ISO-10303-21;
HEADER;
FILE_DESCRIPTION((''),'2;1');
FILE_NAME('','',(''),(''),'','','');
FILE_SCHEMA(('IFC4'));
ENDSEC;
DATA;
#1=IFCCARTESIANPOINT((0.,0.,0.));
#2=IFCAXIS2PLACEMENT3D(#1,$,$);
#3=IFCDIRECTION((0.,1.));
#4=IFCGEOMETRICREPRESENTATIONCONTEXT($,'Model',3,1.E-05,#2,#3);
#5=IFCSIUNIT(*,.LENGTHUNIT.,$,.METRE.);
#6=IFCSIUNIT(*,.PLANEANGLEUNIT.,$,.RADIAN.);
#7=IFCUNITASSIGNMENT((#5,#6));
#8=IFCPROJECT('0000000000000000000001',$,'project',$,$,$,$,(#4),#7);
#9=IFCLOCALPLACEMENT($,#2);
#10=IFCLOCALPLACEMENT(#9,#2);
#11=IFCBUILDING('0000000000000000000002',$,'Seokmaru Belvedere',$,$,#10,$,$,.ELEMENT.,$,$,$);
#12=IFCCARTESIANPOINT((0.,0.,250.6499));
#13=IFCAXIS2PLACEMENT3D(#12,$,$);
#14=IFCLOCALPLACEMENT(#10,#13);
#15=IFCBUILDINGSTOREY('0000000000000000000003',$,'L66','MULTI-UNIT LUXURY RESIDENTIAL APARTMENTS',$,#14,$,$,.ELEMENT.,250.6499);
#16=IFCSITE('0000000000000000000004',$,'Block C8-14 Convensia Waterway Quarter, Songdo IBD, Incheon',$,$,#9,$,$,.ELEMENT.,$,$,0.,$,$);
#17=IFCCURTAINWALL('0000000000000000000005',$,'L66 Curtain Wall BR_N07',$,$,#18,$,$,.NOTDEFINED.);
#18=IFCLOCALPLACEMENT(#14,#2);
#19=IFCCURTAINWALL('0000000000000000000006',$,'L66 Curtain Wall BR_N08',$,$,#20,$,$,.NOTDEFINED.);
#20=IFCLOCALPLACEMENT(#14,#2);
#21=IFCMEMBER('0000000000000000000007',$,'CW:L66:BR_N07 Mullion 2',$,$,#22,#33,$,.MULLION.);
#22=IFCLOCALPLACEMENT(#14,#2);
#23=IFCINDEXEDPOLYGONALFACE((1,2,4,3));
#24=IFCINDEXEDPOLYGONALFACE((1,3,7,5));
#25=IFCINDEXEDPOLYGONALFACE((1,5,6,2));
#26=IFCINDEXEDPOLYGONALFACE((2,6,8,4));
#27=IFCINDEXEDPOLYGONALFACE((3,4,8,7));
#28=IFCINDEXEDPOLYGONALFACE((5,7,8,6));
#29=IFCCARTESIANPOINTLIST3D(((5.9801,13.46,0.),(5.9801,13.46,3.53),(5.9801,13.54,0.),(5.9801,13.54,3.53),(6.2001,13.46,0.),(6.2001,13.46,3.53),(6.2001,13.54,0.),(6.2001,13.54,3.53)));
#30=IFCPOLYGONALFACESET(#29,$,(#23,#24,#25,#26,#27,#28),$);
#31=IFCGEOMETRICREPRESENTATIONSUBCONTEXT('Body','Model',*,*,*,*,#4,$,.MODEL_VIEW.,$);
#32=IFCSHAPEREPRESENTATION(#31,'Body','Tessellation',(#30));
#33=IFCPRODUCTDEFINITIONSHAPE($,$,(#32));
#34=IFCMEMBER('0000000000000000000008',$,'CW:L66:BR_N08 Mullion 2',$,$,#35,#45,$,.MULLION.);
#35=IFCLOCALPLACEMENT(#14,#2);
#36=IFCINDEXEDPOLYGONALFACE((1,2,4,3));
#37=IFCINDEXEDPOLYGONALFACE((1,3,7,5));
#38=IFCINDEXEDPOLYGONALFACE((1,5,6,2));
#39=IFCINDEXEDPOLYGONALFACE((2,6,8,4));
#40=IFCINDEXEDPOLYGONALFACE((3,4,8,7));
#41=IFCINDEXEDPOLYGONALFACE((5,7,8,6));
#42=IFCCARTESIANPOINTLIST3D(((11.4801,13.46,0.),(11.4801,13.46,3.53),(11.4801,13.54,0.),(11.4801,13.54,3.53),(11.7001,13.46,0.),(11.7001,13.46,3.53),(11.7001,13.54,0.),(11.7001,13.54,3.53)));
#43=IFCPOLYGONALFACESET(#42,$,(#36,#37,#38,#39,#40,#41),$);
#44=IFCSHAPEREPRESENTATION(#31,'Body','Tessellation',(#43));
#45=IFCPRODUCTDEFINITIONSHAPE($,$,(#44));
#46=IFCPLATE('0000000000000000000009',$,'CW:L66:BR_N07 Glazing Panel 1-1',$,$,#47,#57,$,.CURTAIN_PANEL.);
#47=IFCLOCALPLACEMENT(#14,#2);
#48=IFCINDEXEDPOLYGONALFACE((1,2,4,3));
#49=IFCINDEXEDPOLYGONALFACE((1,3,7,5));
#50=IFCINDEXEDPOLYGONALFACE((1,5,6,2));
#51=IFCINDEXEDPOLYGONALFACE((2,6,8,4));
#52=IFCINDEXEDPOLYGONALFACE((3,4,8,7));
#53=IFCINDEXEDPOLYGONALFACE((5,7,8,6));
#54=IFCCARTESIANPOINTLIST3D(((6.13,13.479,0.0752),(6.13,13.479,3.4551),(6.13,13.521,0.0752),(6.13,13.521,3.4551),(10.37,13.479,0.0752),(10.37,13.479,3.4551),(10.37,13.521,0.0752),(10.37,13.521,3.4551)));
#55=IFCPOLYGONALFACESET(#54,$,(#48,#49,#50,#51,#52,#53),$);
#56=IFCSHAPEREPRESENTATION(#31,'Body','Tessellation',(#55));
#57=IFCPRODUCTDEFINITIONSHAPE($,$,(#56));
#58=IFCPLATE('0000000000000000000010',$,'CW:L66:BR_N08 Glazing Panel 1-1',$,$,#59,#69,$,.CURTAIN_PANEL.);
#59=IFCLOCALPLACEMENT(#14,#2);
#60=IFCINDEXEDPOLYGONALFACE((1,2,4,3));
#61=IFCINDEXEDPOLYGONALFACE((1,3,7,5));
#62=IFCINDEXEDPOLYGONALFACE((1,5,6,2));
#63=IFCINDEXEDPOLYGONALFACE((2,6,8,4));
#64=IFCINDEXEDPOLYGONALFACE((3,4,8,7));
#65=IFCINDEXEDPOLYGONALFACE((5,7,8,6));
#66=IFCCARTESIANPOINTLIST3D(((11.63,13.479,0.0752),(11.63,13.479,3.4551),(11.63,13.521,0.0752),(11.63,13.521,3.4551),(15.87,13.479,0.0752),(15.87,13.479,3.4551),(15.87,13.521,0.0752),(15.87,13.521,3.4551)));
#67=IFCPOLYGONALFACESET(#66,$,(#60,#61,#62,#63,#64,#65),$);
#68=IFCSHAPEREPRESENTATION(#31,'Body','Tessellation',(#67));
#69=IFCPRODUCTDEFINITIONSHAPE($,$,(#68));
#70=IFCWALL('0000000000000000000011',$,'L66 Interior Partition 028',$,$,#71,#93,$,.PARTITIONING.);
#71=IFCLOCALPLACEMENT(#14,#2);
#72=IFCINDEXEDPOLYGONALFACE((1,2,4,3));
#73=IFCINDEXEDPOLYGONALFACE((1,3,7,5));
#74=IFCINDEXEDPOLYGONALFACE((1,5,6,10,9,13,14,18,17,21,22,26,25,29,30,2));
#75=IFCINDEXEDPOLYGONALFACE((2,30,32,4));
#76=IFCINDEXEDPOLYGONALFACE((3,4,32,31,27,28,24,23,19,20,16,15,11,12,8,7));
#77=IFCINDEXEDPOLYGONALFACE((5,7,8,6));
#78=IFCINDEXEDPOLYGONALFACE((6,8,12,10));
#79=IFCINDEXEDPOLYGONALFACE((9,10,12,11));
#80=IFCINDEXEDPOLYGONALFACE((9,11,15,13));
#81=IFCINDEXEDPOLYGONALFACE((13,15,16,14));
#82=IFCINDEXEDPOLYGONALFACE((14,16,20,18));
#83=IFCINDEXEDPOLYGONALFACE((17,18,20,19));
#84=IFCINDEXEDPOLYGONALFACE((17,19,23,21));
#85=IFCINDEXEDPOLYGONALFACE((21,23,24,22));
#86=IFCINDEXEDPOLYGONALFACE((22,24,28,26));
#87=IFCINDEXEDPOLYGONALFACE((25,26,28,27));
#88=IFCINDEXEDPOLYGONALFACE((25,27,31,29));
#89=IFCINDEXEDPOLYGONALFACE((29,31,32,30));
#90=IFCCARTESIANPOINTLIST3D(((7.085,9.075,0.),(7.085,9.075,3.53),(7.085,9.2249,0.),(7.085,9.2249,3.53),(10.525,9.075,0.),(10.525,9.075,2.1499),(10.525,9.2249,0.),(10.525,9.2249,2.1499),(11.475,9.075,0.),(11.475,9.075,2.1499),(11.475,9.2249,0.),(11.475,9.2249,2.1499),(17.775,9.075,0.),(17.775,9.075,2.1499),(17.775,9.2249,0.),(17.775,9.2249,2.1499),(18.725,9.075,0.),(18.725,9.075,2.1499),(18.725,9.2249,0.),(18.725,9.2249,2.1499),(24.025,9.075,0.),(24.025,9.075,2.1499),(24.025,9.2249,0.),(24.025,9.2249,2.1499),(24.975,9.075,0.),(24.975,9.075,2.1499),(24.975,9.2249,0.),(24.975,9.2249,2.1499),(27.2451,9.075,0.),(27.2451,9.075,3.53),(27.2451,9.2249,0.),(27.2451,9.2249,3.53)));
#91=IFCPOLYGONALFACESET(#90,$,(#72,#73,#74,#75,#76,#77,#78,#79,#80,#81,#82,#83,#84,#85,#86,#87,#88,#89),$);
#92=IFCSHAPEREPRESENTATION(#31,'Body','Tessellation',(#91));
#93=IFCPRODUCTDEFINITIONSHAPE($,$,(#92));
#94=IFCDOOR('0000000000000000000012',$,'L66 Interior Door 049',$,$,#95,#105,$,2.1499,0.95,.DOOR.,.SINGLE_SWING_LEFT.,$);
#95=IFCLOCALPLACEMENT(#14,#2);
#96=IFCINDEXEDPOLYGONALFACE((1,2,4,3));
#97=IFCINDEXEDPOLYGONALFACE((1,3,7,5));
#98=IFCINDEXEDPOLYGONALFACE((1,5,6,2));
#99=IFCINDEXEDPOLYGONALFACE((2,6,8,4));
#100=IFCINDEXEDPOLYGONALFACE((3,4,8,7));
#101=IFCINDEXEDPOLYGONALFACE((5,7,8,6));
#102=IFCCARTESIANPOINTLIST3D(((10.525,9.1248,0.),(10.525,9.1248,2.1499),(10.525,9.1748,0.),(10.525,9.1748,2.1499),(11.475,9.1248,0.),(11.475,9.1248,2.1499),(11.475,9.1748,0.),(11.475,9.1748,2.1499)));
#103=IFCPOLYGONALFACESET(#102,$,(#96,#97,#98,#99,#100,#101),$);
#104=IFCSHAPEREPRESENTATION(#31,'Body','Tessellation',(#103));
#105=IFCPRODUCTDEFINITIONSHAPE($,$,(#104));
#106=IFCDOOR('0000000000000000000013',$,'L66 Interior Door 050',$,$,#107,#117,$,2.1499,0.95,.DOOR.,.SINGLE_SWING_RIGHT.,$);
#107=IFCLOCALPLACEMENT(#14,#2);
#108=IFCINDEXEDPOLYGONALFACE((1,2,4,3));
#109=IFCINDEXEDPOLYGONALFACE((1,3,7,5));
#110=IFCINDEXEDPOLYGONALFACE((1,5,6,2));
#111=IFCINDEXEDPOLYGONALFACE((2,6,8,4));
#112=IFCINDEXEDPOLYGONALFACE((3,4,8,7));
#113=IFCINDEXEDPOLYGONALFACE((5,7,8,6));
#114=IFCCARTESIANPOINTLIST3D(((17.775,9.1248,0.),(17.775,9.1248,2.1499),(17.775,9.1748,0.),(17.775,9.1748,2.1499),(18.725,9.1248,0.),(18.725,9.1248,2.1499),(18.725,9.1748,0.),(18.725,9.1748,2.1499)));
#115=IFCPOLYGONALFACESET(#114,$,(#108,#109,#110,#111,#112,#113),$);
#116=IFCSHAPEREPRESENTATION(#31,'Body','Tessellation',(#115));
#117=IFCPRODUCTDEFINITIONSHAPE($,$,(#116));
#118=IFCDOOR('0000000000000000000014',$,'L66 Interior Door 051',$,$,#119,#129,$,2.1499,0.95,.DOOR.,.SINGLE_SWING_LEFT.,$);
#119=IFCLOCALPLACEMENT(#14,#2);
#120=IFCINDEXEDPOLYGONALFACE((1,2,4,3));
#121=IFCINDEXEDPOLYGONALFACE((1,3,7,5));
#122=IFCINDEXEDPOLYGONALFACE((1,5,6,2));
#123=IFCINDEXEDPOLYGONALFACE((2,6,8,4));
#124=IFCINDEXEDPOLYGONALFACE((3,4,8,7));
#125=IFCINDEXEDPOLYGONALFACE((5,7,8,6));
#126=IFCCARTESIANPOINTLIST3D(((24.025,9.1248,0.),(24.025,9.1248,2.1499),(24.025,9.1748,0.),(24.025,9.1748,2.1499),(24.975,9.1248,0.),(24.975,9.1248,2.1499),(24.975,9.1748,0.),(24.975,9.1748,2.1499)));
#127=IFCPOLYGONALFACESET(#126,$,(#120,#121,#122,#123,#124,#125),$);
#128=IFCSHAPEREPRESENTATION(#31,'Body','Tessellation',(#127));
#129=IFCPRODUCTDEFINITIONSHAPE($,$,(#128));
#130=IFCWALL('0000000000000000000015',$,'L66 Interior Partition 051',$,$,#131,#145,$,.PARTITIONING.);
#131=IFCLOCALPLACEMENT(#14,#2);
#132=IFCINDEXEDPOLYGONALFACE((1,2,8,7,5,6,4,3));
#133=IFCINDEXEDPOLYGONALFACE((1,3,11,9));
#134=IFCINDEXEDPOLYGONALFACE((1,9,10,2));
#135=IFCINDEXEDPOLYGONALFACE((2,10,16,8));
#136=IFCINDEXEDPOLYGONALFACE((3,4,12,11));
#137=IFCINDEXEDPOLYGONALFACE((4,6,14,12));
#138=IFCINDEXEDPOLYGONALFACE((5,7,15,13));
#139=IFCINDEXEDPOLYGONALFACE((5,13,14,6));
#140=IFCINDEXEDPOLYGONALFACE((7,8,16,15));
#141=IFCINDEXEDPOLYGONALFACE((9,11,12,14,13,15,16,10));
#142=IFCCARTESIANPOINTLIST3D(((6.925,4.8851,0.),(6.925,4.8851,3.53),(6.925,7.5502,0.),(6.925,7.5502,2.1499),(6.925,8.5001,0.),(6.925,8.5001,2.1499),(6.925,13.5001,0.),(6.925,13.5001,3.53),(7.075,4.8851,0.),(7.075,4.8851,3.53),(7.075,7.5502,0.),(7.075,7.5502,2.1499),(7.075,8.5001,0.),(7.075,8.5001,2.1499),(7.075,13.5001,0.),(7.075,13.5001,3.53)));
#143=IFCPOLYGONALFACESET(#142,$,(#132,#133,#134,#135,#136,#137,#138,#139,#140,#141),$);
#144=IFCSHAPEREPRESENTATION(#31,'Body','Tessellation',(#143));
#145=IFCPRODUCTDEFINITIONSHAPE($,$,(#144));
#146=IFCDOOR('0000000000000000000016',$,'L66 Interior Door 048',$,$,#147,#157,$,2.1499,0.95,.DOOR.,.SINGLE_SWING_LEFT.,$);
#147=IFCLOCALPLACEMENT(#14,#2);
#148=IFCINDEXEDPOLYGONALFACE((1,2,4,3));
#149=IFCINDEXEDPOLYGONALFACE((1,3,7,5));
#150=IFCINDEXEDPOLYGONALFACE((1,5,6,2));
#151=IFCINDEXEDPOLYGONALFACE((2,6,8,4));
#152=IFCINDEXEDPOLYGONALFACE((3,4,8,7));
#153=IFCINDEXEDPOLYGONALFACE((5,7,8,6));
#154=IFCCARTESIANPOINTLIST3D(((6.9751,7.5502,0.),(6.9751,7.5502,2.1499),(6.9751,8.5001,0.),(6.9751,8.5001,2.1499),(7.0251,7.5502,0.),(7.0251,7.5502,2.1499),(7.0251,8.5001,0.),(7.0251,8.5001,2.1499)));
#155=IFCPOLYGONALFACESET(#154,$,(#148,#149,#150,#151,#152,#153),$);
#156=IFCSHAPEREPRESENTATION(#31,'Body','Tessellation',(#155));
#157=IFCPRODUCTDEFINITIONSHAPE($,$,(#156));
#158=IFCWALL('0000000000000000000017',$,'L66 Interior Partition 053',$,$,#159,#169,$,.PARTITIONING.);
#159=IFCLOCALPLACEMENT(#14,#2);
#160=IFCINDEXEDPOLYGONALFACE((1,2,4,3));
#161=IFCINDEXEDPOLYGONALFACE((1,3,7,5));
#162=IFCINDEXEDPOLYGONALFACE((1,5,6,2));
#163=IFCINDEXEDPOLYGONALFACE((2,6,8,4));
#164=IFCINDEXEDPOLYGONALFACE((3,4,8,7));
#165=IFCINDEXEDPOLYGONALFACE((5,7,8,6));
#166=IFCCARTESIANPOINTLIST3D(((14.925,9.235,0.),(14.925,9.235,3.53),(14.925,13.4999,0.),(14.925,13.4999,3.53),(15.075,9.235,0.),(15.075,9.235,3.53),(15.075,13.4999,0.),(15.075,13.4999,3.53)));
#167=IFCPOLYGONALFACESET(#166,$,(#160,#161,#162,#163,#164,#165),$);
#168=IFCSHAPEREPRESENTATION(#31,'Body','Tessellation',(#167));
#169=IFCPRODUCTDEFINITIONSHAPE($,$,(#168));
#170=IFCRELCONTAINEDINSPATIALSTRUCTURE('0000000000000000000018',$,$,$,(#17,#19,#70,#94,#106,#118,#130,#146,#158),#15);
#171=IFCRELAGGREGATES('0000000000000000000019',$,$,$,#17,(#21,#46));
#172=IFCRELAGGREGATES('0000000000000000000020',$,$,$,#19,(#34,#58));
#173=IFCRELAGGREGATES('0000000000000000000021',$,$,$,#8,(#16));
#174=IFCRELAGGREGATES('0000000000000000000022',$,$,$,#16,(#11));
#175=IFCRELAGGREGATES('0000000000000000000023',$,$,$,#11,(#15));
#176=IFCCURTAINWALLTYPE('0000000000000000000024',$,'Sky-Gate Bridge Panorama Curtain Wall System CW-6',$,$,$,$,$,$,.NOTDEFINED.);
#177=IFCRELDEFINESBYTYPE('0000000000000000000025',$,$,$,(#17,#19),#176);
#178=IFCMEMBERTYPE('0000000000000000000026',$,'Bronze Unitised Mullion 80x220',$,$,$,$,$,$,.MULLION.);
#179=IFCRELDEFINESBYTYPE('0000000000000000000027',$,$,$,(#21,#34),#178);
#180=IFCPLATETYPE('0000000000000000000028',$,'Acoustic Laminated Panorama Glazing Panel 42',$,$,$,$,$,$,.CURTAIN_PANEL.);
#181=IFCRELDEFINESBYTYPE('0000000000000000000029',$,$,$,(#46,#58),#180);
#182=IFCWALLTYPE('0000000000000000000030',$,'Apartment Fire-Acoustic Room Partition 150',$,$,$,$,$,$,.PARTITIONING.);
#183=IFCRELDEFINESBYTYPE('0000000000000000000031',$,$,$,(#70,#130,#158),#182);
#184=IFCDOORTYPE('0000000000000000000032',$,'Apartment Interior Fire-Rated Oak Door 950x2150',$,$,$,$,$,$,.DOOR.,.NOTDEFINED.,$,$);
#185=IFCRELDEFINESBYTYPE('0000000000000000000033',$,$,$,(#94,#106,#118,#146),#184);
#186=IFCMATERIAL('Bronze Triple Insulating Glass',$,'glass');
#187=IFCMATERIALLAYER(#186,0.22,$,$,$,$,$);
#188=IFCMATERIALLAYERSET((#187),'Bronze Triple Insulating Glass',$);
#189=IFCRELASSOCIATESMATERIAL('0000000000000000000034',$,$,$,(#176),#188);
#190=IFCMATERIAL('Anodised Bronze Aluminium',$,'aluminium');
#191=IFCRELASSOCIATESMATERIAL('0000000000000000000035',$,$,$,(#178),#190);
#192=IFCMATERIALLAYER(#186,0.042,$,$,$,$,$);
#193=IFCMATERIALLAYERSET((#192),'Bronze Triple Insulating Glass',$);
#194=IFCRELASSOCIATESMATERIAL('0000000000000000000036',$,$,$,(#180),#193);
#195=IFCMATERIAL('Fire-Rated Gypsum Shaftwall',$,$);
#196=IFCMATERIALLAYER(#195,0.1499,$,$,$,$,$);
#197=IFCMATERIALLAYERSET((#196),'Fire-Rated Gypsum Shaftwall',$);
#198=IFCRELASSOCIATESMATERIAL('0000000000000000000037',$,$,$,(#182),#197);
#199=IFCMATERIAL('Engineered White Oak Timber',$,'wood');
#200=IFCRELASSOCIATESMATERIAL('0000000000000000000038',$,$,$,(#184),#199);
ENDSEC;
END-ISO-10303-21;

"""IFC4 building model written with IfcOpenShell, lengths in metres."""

from ifc_helpers import new_model, si_unit, direction, frame, frame_2d, origin, origin_2d, place, context, subcontext, project, spatial, rectangle, extrude, source, transform, mapped, material, layer, layer_set, material_profile, profile_set, type_object, type_shapes, element, fill, aggregate, save


model = new_model("IFC4")

# Units and contexts
model_context = context("Model", 3, precision=1e-05, world=origin(), true_north=direction((0.0, 1.0)))
body_context = subcontext(model_context, "Body", "Model", "MODEL_VIEW")
ifc_project = project(units=[si_unit("LENGTHUNIT", "METRE"), si_unit("PLANEANGLEUNIT", "RADIAN")], contexts=[model_context])

# Site, building, storey
site_placement = place(None, origin())
site = spatial("IfcSite", under=ifc_project, at=site_placement, Name="Block C8-14 Convensia Waterway Quarter, Songdo IBD, Incheon", CompositionType="ELEMENT", RefElevation=0.0)
building_placement = place(site_placement, origin())
building = spatial("IfcBuilding", under=site, at=building_placement, Name="Seokmaru Belvedere", CompositionType="ELEMENT")
storey_placement = place(building_placement, frame((0.0, 0.0, 250.6499)))
storey = spatial("IfcBuildingStorey", under=building, at=storey_placement, Name="L66", Description="MULTI-UNIT LUXURY RESIDENTIAL APARTMENTS", CompositionType="ELEMENT", Elevation=250.6499)

# Curtain walls
ifc_material_1 = material(Name="Bronze Triple Insulating Glass", Category="glass")
ifc_layer_1 = layer(ifc_material_1, 0.22)
ifc_layer_set_1 = layer_set([ifc_layer_1], Name="Bronze Triple Insulating Glass")
curtain_wall_type = type_object("IfcCurtainWallType", Name="Sky-Gate Bridge Panorama Curtain Wall System CW-6", PredefinedType="NOTDEFINED", material=ifc_layer_set_1)
curtain_wall_1_placement = place(storey_placement, origin())
curtain_wall_1 = element("IfcCurtainWall", 1, at=curtain_wall_1_placement, inside=storey, type_object=curtain_wall_type, Name="L66 Curtain Wall BR_N07", PredefinedType="NOTDEFINED")
ifc_material_2 = material(Name="Anodised Bronze Aluminium", Category="aluminium")
curtain_wall_2_placement = place(storey_placement, origin())
curtain_wall_2 = element("IfcCurtainWall", 2, at=curtain_wall_2_placement, inside=storey, type_object=curtain_wall_type, Name="L66 Curtain Wall BR_N08", PredefinedType="NOTDEFINED")

# Members
ifc_material_profile_1 = material_profile(ifc_material_2, rectangle(XDim=0.0801, YDim=0.22, at=origin_2d()), Name="CW-M-80x220")
ifc_profile_set_1 = profile_set([ifc_material_profile_1], Name="Anodised Bronze Aluminium")
member_type_1 = type_object("IfcMemberType", Name="Bronze Unitised Mullion 80x220", PredefinedType="MULLION", material=ifc_profile_set_1)
shared_shape_1 = source(origin(), body_context, "Body", "SweptSolid", [
    extrude(rectangle(XDim=0.0801, YDim=0.22, at=origin_2d()), origin(), (0.0, 0.0, 1.0), 3.53),
])
type_shapes(member_type_1, [shared_shape_1])
member_1_placement = place(storey_placement, frame((6.0901, 13.5, 0.0), z_axis=(0.0, 0.0, 1.0), x_axis=(0.0, -1.0, 0.0)))
member_1 = element("IfcMember", 3, at=member_1_placement, type_object=member_type_1, Name="CW:L66:BR_N07 Mullion 2", PredefinedType="MULLION", context=body_context, shape_type="MappedRepresentation", body=[
    mapped(shared_shape_1, transform((0.0, 0.0, 0.0), scale=1.0)),
])
member_2_placement = place(storey_placement, frame((11.5901, 13.5, 0.0), z_axis=(0.0, 0.0, 1.0), x_axis=(0.0, -1.0, 0.0)))
member_2 = element("IfcMember", 4, at=member_2_placement, type_object=member_type_1, Name="CW:L66:BR_N08 Mullion 2", PredefinedType="MULLION", context=body_context, shape_type="MappedRepresentation", body=[
    mapped(shared_shape_1, transform((0.0, 0.0, 0.0), scale=1.0)),
])

# Plates
ifc_layer_2 = layer(ifc_material_1, 0.042)
ifc_layer_set_2 = layer_set([ifc_layer_2], Name="Bronze Triple Insulating Glass")
plate_type = type_object("IfcPlateType", Name="Acoustic Laminated Panorama Glazing Panel 42", PredefinedType="CURTAIN_PANEL", material=ifc_layer_set_2)
shared_shape_2 = source(origin(), body_context, "Body", "SweptSolid", [
    extrude(rectangle(XDim=4.24, YDim=0.042, at=origin_2d()), origin(), (0.0, 0.0, 1.0), 3.3799),
])
type_shapes(plate_type, [shared_shape_2])
plate_1_placement = place(storey_placement, frame((8.25, 13.5, 0.0752), z_axis=(0.0, 0.0, 1.0), x_axis=(-1.0, 0.0, 0.0)))
plate_1 = element("IfcPlate", 5, at=plate_1_placement, type_object=plate_type, Name="CW:L66:BR_N07 Glazing Panel 1-1", PredefinedType="CURTAIN_PANEL", context=body_context, shape_type="MappedRepresentation", body=[
    mapped(shared_shape_2, transform((0.0, 0.0, 0.0), scale=1.0)),
])
aggregate(curtain_wall_1, [member_1, plate_1])
plate_2_placement = place(storey_placement, frame((13.75, 13.5, 0.0752), z_axis=(0.0, 0.0, 1.0), x_axis=(-1.0, 0.0, 0.0)))
plate_2 = element("IfcPlate", 6, at=plate_2_placement, type_object=plate_type, Name="CW:L66:BR_N08 Glazing Panel 1-1", PredefinedType="CURTAIN_PANEL", context=body_context, shape_type="MappedRepresentation", body=[
    mapped(shared_shape_2, transform((0.0, 0.0, 0.0), scale=1.0)),
])
aggregate(curtain_wall_2, [member_2, plate_2])

# Wall, openings, doors
ifc_material_3 = material(Name="Fire-Rated Gypsum Shaftwall")
ifc_layer_3 = layer(ifc_material_3, 0.1499)
ifc_layer_set_3 = layer_set([ifc_layer_3], Name="Fire-Rated Gypsum Shaftwall")
wall_type_1 = type_object("IfcWallType", Name="Apartment Fire-Acoustic Room Partition 150", PredefinedType="PARTITIONING", material=ifc_layer_set_3)
wall_1_placement = place(storey_placement, frame((7.085, 9.1499, 0.0), z_axis=(0.0, 0.0, 1.0), x_axis=(1.0, 0.0, 0.0)))
wall_1 = element("IfcWall", 7, at=wall_1_placement, inside=storey, type_object=wall_type_1, Name="L66 Interior Partition 028", PredefinedType="PARTITIONING", context=body_context, shape_type="SweptSolid", body=[
    extrude(rectangle(XDim=20.1602, YDim=0.1499, at=frame_2d((10.0801, 0.0))), origin(), (0.0, 0.0, 1.0), 3.53),
])
opening_1_placement = place(wall_1_placement, frame((3.4399, 0.0, 0.0)))
opening_1 = element("IfcOpeningElement", 8, at=opening_1_placement, cuts=wall_1, PredefinedType="OPENING", context=body_context, shape_type="SweptSolid", body=[
    extrude(rectangle(XDim=0.95, YDim=2.1499, at=frame_2d((0.4751, 1.075))), frame((0.0, 0.085, 0.0), z_axis=(0.0, -1.0, 0.0), x_axis=(1.0, 0.0, 0.0)), (0.0, 0.0, 1.0), 0.1699),
])
opening_2_placement = place(wall_1_placement, frame((10.6899, 0.0, 0.0)))
opening_2 = element("IfcOpeningElement", 9, at=opening_2_placement, cuts=wall_1, PredefinedType="OPENING", context=body_context, shape_type="SweptSolid", body=[
    extrude(rectangle(XDim=0.95, YDim=2.1499, at=frame_2d((0.4751, 1.075))), frame((0.0, 0.085, 0.0), z_axis=(0.0, -1.0, 0.0), x_axis=(1.0, 0.0, 0.0)), (0.0, 0.0, 1.0), 0.1699),
])
opening_3_placement = place(wall_1_placement, frame((16.9399, 0.0, 0.0)))
opening_3 = element("IfcOpeningElement", 10, at=opening_3_placement, cuts=wall_1, PredefinedType="OPENING", context=body_context, shape_type="SweptSolid", body=[
    extrude(rectangle(XDim=0.95, YDim=2.1499, at=frame_2d((0.4751, 1.075))), frame((0.0, 0.085, 0.0), z_axis=(0.0, -1.0, 0.0), x_axis=(1.0, 0.0, 0.0)), (0.0, 0.0, 1.0), 0.1699),
])
ifc_material_4 = material(Name="Engineered White Oak Timber", Category="wood")
door_type_1 = type_object("IfcDoorType", Name="Apartment Interior Fire-Rated Oak Door 950x2150", OperationType="NOTDEFINED", PredefinedType="DOOR", material=ifc_material_4)
shared_shape_3 = source(origin(), body_context, "Body", "SweptSolid", [
    extrude(rectangle(XDim=0.95, YDim=2.1499, at=frame_2d((0.4751, 1.075))), frame((0.0, 0.0249, 0.0), z_axis=(0.0, -1.0, 0.0), x_axis=(1.0, 0.0, 0.0)), (0.0, 0.0, 1.0), 0.05),
])
type_shapes(door_type_1, [shared_shape_3])
door_1_placement = place(opening_1_placement, origin())
door_1 = element("IfcDoor", 11, at=door_1_placement, inside=storey, type_object=door_type_1, Name="L66 Interior Door 049", OperationType="SINGLE_SWING_LEFT", OverallHeight=2.1499, OverallWidth=0.95, PredefinedType="DOOR", context=body_context, shape_type="MappedRepresentation", body=[
    mapped(shared_shape_3, transform((0.0, 0.0, 0.0), scale=1.0)),
])
fill(opening_1, door_1)
door_2_placement = place(opening_2_placement, origin())
door_2 = element("IfcDoor", 12, at=door_2_placement, inside=storey, type_object=door_type_1, Name="L66 Interior Door 050", OperationType="SINGLE_SWING_RIGHT", OverallHeight=2.1499, OverallWidth=0.95, PredefinedType="DOOR", context=body_context, shape_type="MappedRepresentation", body=[
    mapped(shared_shape_3, transform((0.0, 0.0, 0.0), scale=1.0)),
])
fill(opening_2, door_2)
door_3_placement = place(opening_3_placement, origin())
door_3 = element("IfcDoor", 13, at=door_3_placement, inside=storey, type_object=door_type_1, Name="L66 Interior Door 051", OperationType="SINGLE_SWING_LEFT", OverallHeight=2.1499, OverallWidth=0.95, PredefinedType="DOOR", context=body_context, shape_type="MappedRepresentation", body=[
    mapped(shared_shape_3, transform((0.0, 0.0, 0.0), scale=1.0)),
])
fill(opening_3, door_3)

# Wall, opening, door
wall_2_placement = place(storey_placement, frame((7.0, 4.885, 0.0), z_axis=(0.0, 0.0, 1.0), x_axis=(0.0, 1.0, 0.0)))
wall_2 = element("IfcWall", 14, at=wall_2_placement, inside=storey, type_object=wall_type_1, Name="L66 Interior Partition 051", PredefinedType="PARTITIONING", context=body_context, shape_type="SweptSolid", body=[
    extrude(rectangle(XDim=8.615, YDim=0.1499, at=frame_2d((4.3076, 0.0))), origin(), (0.0, 0.0, 1.0), 3.53),
])
opening_4_placement = place(wall_2_placement, frame((2.665, 0.0, 0.0)))
opening_4 = element("IfcOpeningElement", 15, at=opening_4_placement, cuts=wall_2, PredefinedType="OPENING", context=body_context, shape_type="SweptSolid", body=[
    extrude(rectangle(XDim=0.95, YDim=2.1499, at=frame_2d((0.4751, 1.075))), frame((0.0, 0.085, 0.0), z_axis=(0.0, -1.0, 0.0), x_axis=(1.0, 0.0, 0.0)), (0.0, 0.0, 1.0), 0.1699),
])
door_4_placement = place(opening_4_placement, origin())
door_4 = element("IfcDoor", 16, at=door_4_placement, inside=storey, type_object=door_type_1, Name="L66 Interior Door 048", OperationType="SINGLE_SWING_LEFT", OverallHeight=2.1499, OverallWidth=0.95, PredefinedType="DOOR", context=body_context, shape_type="MappedRepresentation", body=[
    mapped(shared_shape_3, transform((0.0, 0.0, 0.0), scale=1.0)),
])
fill(opening_4, door_4)

# Wall
wall_3_placement = place(storey_placement, frame((15.0, 9.2351, 0.0), z_axis=(0.0, 0.0, 1.0), x_axis=(0.0, 1.0, 0.0)))
element("IfcWall", 17, at=wall_3_placement, inside=storey, type_object=wall_type_1, Name="L66 Interior Partition 053", PredefinedType="PARTITIONING", context=body_context, shape_type="SweptSolid", body=[
    extrude(rectangle(XDim=4.2649, YDim=0.1499, at=frame_2d((2.1323, 0.0))), origin(), (0.0, 0.0, 1.0), 3.53),
])

save(model, "model.ifc")
